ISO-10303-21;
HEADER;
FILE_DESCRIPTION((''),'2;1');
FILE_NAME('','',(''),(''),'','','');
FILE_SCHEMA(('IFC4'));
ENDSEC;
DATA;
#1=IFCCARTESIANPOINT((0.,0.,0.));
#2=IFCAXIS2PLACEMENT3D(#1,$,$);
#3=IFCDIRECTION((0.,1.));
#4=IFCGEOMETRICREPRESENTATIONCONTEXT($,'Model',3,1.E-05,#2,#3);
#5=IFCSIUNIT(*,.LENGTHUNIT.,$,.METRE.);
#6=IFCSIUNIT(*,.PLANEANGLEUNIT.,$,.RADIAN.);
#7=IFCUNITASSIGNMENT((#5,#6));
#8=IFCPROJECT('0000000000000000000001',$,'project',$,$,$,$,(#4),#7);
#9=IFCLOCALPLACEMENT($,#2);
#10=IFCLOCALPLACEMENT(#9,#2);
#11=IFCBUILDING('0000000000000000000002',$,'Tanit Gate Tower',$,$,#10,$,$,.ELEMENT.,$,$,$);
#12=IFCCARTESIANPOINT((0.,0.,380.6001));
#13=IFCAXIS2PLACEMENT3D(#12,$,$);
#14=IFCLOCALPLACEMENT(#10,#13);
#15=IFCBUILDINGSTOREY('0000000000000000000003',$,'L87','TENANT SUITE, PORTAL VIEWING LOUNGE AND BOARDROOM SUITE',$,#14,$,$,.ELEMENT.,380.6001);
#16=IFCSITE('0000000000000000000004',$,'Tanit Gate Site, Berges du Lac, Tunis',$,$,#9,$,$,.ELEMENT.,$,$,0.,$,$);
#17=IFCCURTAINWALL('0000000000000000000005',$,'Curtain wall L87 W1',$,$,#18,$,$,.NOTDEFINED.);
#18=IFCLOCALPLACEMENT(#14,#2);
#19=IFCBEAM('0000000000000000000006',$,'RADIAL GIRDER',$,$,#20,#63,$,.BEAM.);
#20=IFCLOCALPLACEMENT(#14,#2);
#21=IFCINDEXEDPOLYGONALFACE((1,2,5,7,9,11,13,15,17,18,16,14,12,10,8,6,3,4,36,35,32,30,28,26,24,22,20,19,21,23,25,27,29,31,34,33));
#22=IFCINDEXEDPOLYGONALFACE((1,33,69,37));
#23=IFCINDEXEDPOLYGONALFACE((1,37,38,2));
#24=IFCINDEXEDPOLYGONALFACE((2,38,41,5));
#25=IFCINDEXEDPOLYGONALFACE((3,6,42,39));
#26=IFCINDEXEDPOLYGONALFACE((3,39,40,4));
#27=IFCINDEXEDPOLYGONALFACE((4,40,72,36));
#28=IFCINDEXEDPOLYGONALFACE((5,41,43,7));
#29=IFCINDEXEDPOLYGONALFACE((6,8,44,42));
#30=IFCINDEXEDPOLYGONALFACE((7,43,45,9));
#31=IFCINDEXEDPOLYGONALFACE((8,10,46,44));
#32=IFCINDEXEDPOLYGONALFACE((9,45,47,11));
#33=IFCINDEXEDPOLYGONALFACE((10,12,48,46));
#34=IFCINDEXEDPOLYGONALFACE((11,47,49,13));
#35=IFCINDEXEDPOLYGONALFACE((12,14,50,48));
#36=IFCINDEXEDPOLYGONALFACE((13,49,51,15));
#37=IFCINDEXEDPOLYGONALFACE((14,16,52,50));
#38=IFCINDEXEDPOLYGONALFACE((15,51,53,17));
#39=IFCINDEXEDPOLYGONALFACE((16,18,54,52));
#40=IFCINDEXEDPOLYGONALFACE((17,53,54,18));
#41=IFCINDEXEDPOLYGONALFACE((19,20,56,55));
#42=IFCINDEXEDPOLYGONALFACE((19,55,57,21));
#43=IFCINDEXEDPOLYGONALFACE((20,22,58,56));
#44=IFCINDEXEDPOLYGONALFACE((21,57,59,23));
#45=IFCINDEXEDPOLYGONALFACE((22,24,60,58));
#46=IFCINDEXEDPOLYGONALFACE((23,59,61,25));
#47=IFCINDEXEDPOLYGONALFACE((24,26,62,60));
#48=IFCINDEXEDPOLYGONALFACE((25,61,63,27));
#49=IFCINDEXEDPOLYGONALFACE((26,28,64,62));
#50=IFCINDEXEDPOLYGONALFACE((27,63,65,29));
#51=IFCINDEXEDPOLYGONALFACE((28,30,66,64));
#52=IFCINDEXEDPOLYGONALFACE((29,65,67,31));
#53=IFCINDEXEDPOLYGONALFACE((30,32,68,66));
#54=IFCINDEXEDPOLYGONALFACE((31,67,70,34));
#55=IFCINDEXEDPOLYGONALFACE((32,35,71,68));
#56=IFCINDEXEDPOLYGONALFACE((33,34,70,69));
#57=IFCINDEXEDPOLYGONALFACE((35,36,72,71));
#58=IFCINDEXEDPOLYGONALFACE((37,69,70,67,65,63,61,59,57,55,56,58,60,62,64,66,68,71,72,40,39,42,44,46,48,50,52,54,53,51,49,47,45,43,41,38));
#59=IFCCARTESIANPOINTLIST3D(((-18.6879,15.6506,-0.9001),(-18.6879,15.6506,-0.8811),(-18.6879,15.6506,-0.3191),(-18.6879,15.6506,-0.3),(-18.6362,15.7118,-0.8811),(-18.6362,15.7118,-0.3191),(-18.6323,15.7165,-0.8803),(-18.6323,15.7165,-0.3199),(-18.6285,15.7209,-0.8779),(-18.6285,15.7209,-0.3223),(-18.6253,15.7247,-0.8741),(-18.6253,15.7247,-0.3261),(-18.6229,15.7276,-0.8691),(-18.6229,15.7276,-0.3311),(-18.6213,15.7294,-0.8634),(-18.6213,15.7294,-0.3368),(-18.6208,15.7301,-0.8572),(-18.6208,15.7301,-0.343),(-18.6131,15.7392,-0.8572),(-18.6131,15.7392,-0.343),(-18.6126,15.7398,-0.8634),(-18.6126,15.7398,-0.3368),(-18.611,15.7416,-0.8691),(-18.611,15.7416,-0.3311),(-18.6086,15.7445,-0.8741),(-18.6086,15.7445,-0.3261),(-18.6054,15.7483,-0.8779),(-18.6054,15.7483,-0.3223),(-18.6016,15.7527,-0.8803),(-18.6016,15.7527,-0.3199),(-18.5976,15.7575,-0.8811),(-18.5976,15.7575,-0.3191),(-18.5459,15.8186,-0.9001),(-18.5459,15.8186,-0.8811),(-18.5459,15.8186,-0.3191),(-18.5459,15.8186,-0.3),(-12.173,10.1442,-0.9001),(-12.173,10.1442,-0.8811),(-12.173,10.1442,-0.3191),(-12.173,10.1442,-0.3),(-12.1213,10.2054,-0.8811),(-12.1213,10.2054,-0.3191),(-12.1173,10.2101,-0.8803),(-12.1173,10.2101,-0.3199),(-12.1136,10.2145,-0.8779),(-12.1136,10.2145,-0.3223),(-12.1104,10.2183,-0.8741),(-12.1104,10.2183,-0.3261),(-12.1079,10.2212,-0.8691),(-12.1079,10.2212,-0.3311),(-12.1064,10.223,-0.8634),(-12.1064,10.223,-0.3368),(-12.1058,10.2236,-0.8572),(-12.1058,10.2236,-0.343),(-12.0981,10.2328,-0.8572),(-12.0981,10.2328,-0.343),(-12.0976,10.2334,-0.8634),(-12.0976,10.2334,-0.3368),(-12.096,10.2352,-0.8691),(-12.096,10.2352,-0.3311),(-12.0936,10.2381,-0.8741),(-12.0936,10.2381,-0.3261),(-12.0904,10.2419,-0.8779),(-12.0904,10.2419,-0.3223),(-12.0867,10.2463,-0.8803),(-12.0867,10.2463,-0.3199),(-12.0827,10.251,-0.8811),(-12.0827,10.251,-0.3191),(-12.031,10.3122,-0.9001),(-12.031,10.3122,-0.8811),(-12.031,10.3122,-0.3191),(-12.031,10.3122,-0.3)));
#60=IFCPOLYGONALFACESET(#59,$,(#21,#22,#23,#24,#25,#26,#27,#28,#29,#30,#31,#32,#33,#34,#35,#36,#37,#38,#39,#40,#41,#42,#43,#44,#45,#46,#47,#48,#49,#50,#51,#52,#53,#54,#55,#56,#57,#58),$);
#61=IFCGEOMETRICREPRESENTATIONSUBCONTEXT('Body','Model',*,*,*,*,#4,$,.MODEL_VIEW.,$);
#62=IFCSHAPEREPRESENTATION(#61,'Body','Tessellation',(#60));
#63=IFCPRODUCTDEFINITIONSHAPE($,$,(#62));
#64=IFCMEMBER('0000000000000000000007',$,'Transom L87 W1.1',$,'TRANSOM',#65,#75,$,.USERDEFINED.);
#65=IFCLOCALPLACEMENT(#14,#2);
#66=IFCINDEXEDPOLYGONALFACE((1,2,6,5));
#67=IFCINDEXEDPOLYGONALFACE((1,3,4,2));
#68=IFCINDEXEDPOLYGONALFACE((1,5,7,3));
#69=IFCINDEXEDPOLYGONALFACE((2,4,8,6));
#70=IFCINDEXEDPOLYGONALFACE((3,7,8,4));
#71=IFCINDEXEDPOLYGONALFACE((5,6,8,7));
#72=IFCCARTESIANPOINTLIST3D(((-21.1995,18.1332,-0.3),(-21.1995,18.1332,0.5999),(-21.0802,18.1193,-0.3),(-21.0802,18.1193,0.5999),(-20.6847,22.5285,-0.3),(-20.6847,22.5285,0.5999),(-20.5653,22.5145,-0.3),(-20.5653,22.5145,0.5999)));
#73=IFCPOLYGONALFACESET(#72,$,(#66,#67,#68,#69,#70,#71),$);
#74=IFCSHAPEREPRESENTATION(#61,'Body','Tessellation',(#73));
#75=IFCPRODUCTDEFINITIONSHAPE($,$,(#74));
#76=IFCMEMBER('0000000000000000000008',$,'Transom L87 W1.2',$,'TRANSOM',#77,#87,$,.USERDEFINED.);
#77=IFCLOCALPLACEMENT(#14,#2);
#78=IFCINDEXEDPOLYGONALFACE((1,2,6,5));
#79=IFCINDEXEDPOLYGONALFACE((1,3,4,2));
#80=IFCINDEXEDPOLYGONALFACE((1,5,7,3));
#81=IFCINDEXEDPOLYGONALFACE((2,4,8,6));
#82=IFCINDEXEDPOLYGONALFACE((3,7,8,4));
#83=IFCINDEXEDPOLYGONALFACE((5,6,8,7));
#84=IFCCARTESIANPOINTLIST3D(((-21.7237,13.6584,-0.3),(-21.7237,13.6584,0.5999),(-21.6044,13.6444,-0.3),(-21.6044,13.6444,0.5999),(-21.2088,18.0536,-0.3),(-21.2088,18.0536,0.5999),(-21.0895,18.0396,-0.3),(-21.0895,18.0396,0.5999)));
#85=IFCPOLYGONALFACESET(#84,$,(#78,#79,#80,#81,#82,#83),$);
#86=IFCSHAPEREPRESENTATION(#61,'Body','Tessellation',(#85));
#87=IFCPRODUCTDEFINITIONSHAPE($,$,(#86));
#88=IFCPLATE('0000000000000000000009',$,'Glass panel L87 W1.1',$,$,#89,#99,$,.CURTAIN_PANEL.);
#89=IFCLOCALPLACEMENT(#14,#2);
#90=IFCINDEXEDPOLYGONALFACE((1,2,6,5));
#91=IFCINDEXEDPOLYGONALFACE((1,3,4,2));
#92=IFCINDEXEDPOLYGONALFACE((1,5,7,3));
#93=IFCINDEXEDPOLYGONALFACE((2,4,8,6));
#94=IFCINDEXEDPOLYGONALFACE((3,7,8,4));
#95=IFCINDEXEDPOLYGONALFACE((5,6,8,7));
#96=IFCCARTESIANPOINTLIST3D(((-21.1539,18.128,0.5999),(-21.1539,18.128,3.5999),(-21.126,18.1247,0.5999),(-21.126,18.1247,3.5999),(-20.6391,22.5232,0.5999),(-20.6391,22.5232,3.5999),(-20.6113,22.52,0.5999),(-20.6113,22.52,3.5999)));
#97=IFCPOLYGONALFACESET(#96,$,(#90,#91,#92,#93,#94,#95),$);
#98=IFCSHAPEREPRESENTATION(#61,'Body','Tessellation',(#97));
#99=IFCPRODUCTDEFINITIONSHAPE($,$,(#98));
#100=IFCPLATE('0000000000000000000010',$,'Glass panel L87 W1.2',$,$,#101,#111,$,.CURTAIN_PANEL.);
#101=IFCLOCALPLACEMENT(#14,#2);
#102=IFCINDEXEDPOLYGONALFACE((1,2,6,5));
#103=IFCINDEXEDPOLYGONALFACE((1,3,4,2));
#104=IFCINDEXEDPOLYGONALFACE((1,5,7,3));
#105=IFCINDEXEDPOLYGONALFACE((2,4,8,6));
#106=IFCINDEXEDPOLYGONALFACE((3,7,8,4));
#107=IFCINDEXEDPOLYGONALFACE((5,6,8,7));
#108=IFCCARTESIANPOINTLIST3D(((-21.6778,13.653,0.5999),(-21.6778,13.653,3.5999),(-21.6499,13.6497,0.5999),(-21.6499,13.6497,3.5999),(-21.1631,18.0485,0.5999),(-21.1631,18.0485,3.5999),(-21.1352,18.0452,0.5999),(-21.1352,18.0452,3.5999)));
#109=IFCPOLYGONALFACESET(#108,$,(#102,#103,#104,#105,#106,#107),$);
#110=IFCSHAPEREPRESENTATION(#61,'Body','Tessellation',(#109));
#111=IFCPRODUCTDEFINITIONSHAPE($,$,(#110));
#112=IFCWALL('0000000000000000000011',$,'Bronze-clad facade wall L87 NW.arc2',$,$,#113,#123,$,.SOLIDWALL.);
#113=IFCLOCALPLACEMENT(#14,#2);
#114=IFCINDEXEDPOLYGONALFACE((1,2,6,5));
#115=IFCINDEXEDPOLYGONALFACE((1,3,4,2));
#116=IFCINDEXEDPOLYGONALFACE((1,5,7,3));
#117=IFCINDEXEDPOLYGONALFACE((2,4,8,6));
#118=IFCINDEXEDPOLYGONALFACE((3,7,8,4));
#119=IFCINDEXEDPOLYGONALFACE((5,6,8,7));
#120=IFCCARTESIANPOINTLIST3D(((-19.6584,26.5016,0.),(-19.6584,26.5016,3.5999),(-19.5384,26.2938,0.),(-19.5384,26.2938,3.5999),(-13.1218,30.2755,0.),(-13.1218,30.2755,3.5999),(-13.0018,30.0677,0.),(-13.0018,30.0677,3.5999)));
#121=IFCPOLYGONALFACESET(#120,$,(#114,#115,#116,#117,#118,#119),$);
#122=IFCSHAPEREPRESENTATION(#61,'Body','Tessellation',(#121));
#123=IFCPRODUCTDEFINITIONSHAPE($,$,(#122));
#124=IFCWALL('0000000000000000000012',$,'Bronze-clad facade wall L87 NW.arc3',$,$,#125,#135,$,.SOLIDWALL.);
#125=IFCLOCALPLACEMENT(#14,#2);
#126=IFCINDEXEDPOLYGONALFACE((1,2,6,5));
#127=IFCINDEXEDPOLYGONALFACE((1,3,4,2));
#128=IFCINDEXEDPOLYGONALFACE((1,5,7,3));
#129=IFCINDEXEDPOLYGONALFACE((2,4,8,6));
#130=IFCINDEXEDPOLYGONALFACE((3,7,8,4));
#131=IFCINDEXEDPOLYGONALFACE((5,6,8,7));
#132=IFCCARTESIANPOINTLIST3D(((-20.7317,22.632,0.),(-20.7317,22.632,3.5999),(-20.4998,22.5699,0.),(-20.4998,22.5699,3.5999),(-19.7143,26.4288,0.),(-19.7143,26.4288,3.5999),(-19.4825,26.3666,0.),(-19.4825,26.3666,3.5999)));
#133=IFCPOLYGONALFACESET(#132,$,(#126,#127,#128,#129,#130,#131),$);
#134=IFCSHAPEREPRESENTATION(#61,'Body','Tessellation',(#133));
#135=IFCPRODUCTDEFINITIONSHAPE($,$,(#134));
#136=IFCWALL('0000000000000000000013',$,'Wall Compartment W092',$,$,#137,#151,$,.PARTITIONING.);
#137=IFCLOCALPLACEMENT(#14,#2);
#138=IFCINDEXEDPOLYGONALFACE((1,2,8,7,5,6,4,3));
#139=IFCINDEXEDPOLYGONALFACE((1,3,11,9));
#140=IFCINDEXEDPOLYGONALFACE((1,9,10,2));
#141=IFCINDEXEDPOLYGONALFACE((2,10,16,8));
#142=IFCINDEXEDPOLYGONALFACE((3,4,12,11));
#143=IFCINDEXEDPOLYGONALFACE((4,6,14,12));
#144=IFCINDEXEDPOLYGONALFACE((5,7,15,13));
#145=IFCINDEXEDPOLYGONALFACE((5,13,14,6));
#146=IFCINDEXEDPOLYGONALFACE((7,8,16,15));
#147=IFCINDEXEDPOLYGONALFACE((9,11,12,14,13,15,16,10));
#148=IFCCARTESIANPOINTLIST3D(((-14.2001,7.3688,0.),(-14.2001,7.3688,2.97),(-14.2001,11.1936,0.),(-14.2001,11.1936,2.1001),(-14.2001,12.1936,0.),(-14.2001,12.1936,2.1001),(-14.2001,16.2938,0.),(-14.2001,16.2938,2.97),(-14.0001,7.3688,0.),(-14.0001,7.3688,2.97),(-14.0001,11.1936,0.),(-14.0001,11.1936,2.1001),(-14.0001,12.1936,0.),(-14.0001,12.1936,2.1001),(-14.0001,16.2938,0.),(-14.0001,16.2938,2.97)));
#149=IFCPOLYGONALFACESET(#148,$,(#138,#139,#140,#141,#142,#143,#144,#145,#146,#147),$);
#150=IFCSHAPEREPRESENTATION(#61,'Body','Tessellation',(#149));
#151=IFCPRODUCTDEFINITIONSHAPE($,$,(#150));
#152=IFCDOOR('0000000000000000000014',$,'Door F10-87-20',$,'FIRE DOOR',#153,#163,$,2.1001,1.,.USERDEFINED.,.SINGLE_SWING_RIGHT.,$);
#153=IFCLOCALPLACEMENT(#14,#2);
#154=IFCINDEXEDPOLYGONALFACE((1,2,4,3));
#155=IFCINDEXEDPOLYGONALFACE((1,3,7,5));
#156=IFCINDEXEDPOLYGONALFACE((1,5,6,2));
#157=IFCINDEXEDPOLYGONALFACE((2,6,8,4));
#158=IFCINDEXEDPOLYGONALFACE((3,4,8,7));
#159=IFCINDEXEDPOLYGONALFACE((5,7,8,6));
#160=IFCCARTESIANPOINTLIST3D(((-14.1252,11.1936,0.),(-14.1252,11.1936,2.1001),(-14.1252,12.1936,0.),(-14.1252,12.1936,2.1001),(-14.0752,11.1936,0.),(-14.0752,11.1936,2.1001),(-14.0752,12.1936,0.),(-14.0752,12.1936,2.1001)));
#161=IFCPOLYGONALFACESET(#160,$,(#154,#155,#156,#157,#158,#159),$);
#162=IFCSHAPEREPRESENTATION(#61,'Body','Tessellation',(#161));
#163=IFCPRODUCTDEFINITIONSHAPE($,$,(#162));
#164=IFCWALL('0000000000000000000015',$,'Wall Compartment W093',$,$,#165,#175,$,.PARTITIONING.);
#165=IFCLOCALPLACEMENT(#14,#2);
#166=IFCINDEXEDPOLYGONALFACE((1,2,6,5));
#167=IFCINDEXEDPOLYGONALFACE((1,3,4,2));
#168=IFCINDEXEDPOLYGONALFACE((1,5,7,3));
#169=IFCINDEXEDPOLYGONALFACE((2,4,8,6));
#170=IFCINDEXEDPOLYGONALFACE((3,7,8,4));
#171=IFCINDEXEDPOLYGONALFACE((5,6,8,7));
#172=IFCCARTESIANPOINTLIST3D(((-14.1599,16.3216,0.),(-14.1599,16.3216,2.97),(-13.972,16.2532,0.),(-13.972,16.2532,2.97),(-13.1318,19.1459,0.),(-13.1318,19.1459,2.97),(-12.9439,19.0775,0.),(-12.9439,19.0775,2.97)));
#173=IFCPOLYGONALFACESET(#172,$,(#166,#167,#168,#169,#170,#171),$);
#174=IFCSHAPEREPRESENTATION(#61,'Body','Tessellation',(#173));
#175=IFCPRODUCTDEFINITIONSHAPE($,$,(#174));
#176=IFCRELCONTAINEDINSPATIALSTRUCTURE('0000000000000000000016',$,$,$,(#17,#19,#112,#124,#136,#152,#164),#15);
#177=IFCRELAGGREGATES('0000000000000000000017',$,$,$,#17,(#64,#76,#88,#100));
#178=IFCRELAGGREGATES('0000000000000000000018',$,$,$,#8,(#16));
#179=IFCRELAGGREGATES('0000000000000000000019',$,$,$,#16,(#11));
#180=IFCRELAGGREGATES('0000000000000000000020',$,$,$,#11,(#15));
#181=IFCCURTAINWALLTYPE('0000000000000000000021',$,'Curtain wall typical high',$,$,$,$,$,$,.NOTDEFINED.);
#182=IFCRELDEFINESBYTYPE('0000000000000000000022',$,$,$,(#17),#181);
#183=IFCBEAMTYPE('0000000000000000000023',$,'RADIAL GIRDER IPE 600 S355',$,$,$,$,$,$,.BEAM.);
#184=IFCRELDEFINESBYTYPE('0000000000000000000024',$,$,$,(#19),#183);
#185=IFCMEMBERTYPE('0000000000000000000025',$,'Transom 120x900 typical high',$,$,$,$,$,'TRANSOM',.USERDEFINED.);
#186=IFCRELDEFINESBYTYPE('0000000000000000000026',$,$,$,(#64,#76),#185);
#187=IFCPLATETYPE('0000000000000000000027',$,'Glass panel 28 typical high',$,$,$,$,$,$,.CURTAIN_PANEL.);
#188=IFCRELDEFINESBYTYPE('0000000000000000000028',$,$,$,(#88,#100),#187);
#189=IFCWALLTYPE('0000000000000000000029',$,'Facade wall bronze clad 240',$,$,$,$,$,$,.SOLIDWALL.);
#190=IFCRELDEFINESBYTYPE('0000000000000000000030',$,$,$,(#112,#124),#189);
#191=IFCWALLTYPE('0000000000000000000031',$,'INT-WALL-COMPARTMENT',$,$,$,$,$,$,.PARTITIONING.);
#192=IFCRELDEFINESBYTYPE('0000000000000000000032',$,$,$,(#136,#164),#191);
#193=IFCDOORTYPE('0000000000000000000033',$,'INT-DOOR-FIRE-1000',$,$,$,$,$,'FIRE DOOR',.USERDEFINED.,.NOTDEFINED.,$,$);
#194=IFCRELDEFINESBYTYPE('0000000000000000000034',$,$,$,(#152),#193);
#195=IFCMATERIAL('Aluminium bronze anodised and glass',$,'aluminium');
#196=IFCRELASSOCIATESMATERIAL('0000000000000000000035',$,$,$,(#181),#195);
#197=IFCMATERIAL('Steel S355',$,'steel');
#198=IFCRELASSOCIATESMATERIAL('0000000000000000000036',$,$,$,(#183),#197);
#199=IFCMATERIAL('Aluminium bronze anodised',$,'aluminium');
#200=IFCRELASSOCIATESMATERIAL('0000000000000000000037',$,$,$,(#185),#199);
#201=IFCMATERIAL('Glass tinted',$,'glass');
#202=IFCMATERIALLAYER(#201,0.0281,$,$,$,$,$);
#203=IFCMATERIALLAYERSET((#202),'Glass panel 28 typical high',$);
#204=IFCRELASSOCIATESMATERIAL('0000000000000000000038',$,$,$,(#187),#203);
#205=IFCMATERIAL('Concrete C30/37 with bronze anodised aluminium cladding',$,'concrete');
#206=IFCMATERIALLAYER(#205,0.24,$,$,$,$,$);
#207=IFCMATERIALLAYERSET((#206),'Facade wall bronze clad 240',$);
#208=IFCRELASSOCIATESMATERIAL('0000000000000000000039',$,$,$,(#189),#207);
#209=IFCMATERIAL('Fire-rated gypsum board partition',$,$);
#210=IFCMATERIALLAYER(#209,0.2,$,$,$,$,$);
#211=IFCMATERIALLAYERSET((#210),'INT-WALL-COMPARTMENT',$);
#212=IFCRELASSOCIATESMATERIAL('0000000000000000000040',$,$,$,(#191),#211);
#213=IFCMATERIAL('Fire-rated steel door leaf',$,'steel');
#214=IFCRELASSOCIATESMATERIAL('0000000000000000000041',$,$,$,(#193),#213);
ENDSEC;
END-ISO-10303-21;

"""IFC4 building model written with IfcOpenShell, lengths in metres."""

from ifc_helpers import new_model, si_unit, direction, frame, frame_2d, origin, origin_2d, place, context, subcontext, project, spatial, rectangle, i_section, extrude, material, layer, layer_set, material_profile, profile_set, type_object, element, fill, aggregate, save


model = new_model("IFC4")

# Units and contexts
model_context = context("Model", 3, precision=1e-05, world=origin(), true_north=direction((0.0, 1.0)))
body_context = subcontext(model_context, "Body", "Model", "MODEL_VIEW")
ifc_project = project(units=[si_unit("LENGTHUNIT", "METRE"), si_unit("PLANEANGLEUNIT", "RADIAN")], contexts=[model_context])

# Site, building, storey
site_placement = place(None, origin())
site = spatial("IfcSite", under=ifc_project, at=site_placement, Name="Tanit Gate Site, Berges du Lac, Tunis", CompositionType="ELEMENT", RefElevation=0.0)
building_placement = place(site_placement, origin())
building = spatial("IfcBuilding", under=site, at=building_placement, Name="Tanit Gate Tower", CompositionType="ELEMENT")
storey_placement = place(building_placement, frame((0.0, 0.0, 380.6001)))
storey = spatial("IfcBuildingStorey", under=building, at=storey_placement, Name="L87", Description="TENANT SUITE, PORTAL VIEWING LOUNGE AND BOARDROOM SUITE", CompositionType="ELEMENT", Elevation=380.6001)

# Curtain wall
ifc_material_1 = material(Name="Aluminium bronze anodised and glass", Category="aluminium")
curtain_wall_type = type_object("IfcCurtainWallType", Name="Curtain wall typical high", PredefinedType="NOTDEFINED", material=ifc_material_1)
curtain_wall_placement = place(storey_placement, origin())
curtain_wall = element("IfcCurtainWall", 1, at=curtain_wall_placement, inside=storey, type_object=curtain_wall_type, Name="Curtain wall L87 W1", PredefinedType="NOTDEFINED")

# Beam
ifc_material_2 = material(Name="Steel S355", Category="steel")
ifc_material_profile_1 = material_profile(ifc_material_2, i_section(OverallWidth=0.22, OverallDepth=0.6001, WebThickness=0.012, FlangeThickness=0.019, FilletRadius=0.0239, at=origin_2d()), Name="IPE 600")
ifc_profile_set_1 = profile_set([ifc_material_profile_1], Name="Steel S355")
beam_type_1 = type_object("IfcBeamType", Name="RADIAL GIRDER IPE 600 S355", PredefinedType="BEAM", material=ifc_profile_set_1)
beam_1_placement = place(storey_placement, frame((-18.6169, 15.7346, -0.6001), z_axis=(0.763748, -0.645515, 0.0), x_axis=(0.645515, 0.763748, 0.0)))
element("IfcBeam", 2, at=beam_1_placement, inside=storey, type_object=beam_type_1, Name="RADIAL GIRDER", PredefinedType="BEAM", context=body_context, shape_type="SweptSolid", body=[
    extrude(i_section(OverallWidth=0.22, OverallDepth=0.6001, WebThickness=0.012, FlangeThickness=0.019, FilletRadius=0.0239, at=origin_2d()), origin(), (0.0, 0.0, 1.0), 8.5303),
])

# Members
ifc_material_3 = material(Name="Aluminium bronze anodised", Category="aluminium")
ifc_material_profile_2 = material_profile(ifc_material_3, rectangle(XDim=0.1201, YDim=0.8999, at=origin_2d()), Name="120x900 bronze transom")
ifc_profile_set_2 = profile_set([ifc_material_profile_2], Name="Aluminium bronze anodised")
member_type_1 = type_object("IfcMemberType", Name="Transom 120x900 typical high", ElementType="TRANSOM", PredefinedType="USERDEFINED", material=ifc_profile_set_2)
member_1_placement = place(storey_placement, frame((-20.625, 22.5215, 0.1499), z_axis=(-0.116351, -0.993208, 0.0), x_axis=(0.993208, -0.116351, 0.0)))
member_1 = element("IfcMember", 3, at=member_1_placement, type_object=member_type_1, Name="Transom L87 W1.1", ObjectType="TRANSOM", PredefinedType="USERDEFINED", context=body_context, shape_type="SweptSolid", body=[
    extrude(rectangle(XDim=0.1201, YDim=0.8999, at=origin_2d()), origin(), (0.0, 0.0, 1.0), 4.4253),
])
member_2_placement = place(storey_placement, frame((-21.1492, 18.0466, 0.1499), z_axis=(-0.116351, -0.993208, 0.0), x_axis=(0.993208, -0.116351, 0.0)))
member_2 = element("IfcMember", 4, at=member_2_placement, type_object=member_type_1, Name="Transom L87 W1.2", ObjectType="TRANSOM", PredefinedType="USERDEFINED", context=body_context, shape_type="SweptSolid", body=[
    extrude(rectangle(XDim=0.1201, YDim=0.8999, at=origin_2d()), origin(), (0.0, 0.0, 1.0), 4.4253),
])

# Plates
ifc_material_4 = material(Name="Glass tinted", Category="glass")
ifc_layer_1 = layer(ifc_material_4, 0.0281)
ifc_layer_set_1 = layer_set([ifc_layer_1], Name="Glass panel 28 typical high")
plate_type = type_object("IfcPlateType", Name="Glass panel 28 typical high", PredefinedType="CURTAIN_PANEL", material=ifc_layer_set_1)
plate_1_placement = place(storey_placement, frame((-20.8826, 20.324, 0.5999), z_axis=(0.0, 0.0, 1.0), x_axis=(-0.116318, -0.993212, 0.0)))
plate_1 = element("IfcPlate", 5, at=plate_1_placement, type_object=plate_type, Name="Glass panel L87 W1.1", PredefinedType="CURTAIN_PANEL", context=body_context, shape_type="SweptSolid", body=[
    extrude(rectangle(XDim=4.4253, YDim=0.0281, at=origin_2d()), origin(), (0.0, 0.0, 1.0), 3.0),
])
plate_2_placement = place(storey_placement, frame((-21.4065, 15.8491, 0.5999), z_axis=(0.0, 0.0, 1.0), x_axis=(-0.116318, -0.993212, 0.0)))
plate_2 = element("IfcPlate", 6, at=plate_2_placement, type_object=plate_type, Name="Glass panel L87 W1.2", PredefinedType="CURTAIN_PANEL", context=body_context, shape_type="SweptSolid", body=[
    extrude(rectangle(XDim=4.4255, YDim=0.0281, at=origin_2d()), origin(), (0.0, 0.0, 1.0), 3.0),
])
aggregate(curtain_wall, [member_1, member_2, plate_1, plate_2])

# Walls
ifc_material_5 = material(Name="Concrete C30/37 with bronze anodised aluminium cladding", Category="concrete")
ifc_layer_2 = layer(ifc_material_5, 0.24)
ifc_layer_set_2 = layer_set([ifc_layer_2], Name="Facade wall bronze clad 240")
wall_type_1 = type_object("IfcWallType", Name="Facade wall bronze clad 240", PredefinedType="SOLIDWALL", material=ifc_layer_set_2)
wall_1_placement = place(storey_placement, frame((-13.0618, 30.1716, 0.0), z_axis=(0.0, 0.0, 1.0), x_axis=(-0.866025, -0.500001, 0.0)))
element("IfcWall", 7, at=wall_1_placement, inside=storey, type_object=wall_type_1, Name="Bronze-clad facade wall L87 NW.arc2", PredefinedType="SOLIDWALL", context=body_context, shape_type="SweptSolid", body=[
    extrude(rectangle(XDim=7.5479, YDim=0.24, at=frame_2d((3.7739, 0.0))), origin(), (0.0, 0.0, 1.0), 3.5999),
])
wall_2_placement = place(storey_placement, frame((-19.5984, 26.3977, 0.0), z_axis=(0.0, 0.0, 1.0), x_axis=(-0.258826, -0.965924, 0.0)))
element("IfcWall", 8, at=wall_2_placement, inside=storey, type_object=wall_type_1, Name="Bronze-clad facade wall L87 NW.arc3", PredefinedType="SOLIDWALL", context=body_context, shape_type="SweptSolid", body=[
    extrude(rectangle(XDim=3.9307, YDim=0.24, at=frame_2d((1.9653, 0.0))), origin(), (0.0, 0.0, 1.0), 3.5999),
])

# Wall, opening, door
ifc_material_6 = material(Name="Fire-rated gypsum board partition")
ifc_layer_3 = layer(ifc_material_6, 0.2)
ifc_layer_set_3 = layer_set([ifc_layer_3], Name="INT-WALL-COMPARTMENT")
wall_type_2 = type_object("IfcWallType", Name="INT-WALL-COMPARTMENT", PredefinedType="PARTITIONING", material=ifc_layer_set_3)
wall_3_placement = place(storey_placement, frame((-14.1001, 16.2937, 0.0), z_axis=(0.0, 0.0, 1.0), x_axis=(0.0, -1.0, 0.0)))
wall_3 = element("IfcWall", 9, at=wall_3_placement, inside=storey, type_object=wall_type_2, Name="Wall Compartment W092", PredefinedType="PARTITIONING", context=body_context, shape_type="SweptSolid", body=[
    extrude(rectangle(XDim=8.925, YDim=0.2, at=frame_2d((4.4624, 0.0))), origin(), (0.0, 0.0, 1.0), 2.97),
])
opening_1_placement = place(wall_3_placement, frame((4.1001, 0.0, 0.0)))
opening_1 = element("IfcOpeningElement", 10, at=opening_1_placement, cuts=wall_3, PredefinedType="OPENING", context=body_context, shape_type="SweptSolid", body=[
    extrude(rectangle(XDim=1.0, YDim=2.1001, at=frame_2d((0.5, 1.05))), frame((0.0, 0.1099, 0.0), z_axis=(0.0, -1.0, 0.0), x_axis=(1.0, 0.0, 0.0)), (0.0, 0.0, 1.0), 0.22),
])
ifc_material_7 = material(Name="Fire-rated steel door leaf", Category="steel")
door_type_1 = type_object("IfcDoorType", Name="INT-DOOR-FIRE-1000", ElementType="FIRE DOOR", OperationType="NOTDEFINED", PredefinedType="USERDEFINED", material=ifc_material_7)
door_1_placement = place(opening_1_placement, origin())
door_1 = element("IfcDoor", 11, at=door_1_placement, inside=storey, type_object=door_type_1, Name="Door F10-87-20", ObjectType="FIRE DOOR", OperationType="SINGLE_SWING_RIGHT", OverallHeight=2.1001, OverallWidth=1.0, PredefinedType="USERDEFINED", context=body_context, shape_type="SweptSolid", body=[
    extrude(rectangle(XDim=1.0, YDim=2.1001, at=frame_2d((0.5, 1.05))), frame((0.0, 0.0249, 0.0), z_axis=(0.0, -1.0, 0.0), x_axis=(1.0, 0.0, 0.0)), (0.0, 0.0, 1.0), 0.05),
])
fill(opening_1, door_1)

# Wall
wall_4_placement = place(storey_placement, frame((-13.0378, 19.1118, 0.0), z_axis=(0.0, 0.0, 1.0), x_axis=(-0.342063, -0.939677, 0.0)))
element("IfcWall", 12, at=wall_4_placement, inside=storey, type_object=wall_type_2, Name="Wall Compartment W093", PredefinedType="PARTITIONING", context=body_context, shape_type="SweptSolid", body=[
    extrude(rectangle(XDim=3.0056, YDim=0.2, at=frame_2d((1.5029, 0.0))), origin(), (0.0, 0.0, 1.0), 2.97),
])

save(model, "model.ifc")
